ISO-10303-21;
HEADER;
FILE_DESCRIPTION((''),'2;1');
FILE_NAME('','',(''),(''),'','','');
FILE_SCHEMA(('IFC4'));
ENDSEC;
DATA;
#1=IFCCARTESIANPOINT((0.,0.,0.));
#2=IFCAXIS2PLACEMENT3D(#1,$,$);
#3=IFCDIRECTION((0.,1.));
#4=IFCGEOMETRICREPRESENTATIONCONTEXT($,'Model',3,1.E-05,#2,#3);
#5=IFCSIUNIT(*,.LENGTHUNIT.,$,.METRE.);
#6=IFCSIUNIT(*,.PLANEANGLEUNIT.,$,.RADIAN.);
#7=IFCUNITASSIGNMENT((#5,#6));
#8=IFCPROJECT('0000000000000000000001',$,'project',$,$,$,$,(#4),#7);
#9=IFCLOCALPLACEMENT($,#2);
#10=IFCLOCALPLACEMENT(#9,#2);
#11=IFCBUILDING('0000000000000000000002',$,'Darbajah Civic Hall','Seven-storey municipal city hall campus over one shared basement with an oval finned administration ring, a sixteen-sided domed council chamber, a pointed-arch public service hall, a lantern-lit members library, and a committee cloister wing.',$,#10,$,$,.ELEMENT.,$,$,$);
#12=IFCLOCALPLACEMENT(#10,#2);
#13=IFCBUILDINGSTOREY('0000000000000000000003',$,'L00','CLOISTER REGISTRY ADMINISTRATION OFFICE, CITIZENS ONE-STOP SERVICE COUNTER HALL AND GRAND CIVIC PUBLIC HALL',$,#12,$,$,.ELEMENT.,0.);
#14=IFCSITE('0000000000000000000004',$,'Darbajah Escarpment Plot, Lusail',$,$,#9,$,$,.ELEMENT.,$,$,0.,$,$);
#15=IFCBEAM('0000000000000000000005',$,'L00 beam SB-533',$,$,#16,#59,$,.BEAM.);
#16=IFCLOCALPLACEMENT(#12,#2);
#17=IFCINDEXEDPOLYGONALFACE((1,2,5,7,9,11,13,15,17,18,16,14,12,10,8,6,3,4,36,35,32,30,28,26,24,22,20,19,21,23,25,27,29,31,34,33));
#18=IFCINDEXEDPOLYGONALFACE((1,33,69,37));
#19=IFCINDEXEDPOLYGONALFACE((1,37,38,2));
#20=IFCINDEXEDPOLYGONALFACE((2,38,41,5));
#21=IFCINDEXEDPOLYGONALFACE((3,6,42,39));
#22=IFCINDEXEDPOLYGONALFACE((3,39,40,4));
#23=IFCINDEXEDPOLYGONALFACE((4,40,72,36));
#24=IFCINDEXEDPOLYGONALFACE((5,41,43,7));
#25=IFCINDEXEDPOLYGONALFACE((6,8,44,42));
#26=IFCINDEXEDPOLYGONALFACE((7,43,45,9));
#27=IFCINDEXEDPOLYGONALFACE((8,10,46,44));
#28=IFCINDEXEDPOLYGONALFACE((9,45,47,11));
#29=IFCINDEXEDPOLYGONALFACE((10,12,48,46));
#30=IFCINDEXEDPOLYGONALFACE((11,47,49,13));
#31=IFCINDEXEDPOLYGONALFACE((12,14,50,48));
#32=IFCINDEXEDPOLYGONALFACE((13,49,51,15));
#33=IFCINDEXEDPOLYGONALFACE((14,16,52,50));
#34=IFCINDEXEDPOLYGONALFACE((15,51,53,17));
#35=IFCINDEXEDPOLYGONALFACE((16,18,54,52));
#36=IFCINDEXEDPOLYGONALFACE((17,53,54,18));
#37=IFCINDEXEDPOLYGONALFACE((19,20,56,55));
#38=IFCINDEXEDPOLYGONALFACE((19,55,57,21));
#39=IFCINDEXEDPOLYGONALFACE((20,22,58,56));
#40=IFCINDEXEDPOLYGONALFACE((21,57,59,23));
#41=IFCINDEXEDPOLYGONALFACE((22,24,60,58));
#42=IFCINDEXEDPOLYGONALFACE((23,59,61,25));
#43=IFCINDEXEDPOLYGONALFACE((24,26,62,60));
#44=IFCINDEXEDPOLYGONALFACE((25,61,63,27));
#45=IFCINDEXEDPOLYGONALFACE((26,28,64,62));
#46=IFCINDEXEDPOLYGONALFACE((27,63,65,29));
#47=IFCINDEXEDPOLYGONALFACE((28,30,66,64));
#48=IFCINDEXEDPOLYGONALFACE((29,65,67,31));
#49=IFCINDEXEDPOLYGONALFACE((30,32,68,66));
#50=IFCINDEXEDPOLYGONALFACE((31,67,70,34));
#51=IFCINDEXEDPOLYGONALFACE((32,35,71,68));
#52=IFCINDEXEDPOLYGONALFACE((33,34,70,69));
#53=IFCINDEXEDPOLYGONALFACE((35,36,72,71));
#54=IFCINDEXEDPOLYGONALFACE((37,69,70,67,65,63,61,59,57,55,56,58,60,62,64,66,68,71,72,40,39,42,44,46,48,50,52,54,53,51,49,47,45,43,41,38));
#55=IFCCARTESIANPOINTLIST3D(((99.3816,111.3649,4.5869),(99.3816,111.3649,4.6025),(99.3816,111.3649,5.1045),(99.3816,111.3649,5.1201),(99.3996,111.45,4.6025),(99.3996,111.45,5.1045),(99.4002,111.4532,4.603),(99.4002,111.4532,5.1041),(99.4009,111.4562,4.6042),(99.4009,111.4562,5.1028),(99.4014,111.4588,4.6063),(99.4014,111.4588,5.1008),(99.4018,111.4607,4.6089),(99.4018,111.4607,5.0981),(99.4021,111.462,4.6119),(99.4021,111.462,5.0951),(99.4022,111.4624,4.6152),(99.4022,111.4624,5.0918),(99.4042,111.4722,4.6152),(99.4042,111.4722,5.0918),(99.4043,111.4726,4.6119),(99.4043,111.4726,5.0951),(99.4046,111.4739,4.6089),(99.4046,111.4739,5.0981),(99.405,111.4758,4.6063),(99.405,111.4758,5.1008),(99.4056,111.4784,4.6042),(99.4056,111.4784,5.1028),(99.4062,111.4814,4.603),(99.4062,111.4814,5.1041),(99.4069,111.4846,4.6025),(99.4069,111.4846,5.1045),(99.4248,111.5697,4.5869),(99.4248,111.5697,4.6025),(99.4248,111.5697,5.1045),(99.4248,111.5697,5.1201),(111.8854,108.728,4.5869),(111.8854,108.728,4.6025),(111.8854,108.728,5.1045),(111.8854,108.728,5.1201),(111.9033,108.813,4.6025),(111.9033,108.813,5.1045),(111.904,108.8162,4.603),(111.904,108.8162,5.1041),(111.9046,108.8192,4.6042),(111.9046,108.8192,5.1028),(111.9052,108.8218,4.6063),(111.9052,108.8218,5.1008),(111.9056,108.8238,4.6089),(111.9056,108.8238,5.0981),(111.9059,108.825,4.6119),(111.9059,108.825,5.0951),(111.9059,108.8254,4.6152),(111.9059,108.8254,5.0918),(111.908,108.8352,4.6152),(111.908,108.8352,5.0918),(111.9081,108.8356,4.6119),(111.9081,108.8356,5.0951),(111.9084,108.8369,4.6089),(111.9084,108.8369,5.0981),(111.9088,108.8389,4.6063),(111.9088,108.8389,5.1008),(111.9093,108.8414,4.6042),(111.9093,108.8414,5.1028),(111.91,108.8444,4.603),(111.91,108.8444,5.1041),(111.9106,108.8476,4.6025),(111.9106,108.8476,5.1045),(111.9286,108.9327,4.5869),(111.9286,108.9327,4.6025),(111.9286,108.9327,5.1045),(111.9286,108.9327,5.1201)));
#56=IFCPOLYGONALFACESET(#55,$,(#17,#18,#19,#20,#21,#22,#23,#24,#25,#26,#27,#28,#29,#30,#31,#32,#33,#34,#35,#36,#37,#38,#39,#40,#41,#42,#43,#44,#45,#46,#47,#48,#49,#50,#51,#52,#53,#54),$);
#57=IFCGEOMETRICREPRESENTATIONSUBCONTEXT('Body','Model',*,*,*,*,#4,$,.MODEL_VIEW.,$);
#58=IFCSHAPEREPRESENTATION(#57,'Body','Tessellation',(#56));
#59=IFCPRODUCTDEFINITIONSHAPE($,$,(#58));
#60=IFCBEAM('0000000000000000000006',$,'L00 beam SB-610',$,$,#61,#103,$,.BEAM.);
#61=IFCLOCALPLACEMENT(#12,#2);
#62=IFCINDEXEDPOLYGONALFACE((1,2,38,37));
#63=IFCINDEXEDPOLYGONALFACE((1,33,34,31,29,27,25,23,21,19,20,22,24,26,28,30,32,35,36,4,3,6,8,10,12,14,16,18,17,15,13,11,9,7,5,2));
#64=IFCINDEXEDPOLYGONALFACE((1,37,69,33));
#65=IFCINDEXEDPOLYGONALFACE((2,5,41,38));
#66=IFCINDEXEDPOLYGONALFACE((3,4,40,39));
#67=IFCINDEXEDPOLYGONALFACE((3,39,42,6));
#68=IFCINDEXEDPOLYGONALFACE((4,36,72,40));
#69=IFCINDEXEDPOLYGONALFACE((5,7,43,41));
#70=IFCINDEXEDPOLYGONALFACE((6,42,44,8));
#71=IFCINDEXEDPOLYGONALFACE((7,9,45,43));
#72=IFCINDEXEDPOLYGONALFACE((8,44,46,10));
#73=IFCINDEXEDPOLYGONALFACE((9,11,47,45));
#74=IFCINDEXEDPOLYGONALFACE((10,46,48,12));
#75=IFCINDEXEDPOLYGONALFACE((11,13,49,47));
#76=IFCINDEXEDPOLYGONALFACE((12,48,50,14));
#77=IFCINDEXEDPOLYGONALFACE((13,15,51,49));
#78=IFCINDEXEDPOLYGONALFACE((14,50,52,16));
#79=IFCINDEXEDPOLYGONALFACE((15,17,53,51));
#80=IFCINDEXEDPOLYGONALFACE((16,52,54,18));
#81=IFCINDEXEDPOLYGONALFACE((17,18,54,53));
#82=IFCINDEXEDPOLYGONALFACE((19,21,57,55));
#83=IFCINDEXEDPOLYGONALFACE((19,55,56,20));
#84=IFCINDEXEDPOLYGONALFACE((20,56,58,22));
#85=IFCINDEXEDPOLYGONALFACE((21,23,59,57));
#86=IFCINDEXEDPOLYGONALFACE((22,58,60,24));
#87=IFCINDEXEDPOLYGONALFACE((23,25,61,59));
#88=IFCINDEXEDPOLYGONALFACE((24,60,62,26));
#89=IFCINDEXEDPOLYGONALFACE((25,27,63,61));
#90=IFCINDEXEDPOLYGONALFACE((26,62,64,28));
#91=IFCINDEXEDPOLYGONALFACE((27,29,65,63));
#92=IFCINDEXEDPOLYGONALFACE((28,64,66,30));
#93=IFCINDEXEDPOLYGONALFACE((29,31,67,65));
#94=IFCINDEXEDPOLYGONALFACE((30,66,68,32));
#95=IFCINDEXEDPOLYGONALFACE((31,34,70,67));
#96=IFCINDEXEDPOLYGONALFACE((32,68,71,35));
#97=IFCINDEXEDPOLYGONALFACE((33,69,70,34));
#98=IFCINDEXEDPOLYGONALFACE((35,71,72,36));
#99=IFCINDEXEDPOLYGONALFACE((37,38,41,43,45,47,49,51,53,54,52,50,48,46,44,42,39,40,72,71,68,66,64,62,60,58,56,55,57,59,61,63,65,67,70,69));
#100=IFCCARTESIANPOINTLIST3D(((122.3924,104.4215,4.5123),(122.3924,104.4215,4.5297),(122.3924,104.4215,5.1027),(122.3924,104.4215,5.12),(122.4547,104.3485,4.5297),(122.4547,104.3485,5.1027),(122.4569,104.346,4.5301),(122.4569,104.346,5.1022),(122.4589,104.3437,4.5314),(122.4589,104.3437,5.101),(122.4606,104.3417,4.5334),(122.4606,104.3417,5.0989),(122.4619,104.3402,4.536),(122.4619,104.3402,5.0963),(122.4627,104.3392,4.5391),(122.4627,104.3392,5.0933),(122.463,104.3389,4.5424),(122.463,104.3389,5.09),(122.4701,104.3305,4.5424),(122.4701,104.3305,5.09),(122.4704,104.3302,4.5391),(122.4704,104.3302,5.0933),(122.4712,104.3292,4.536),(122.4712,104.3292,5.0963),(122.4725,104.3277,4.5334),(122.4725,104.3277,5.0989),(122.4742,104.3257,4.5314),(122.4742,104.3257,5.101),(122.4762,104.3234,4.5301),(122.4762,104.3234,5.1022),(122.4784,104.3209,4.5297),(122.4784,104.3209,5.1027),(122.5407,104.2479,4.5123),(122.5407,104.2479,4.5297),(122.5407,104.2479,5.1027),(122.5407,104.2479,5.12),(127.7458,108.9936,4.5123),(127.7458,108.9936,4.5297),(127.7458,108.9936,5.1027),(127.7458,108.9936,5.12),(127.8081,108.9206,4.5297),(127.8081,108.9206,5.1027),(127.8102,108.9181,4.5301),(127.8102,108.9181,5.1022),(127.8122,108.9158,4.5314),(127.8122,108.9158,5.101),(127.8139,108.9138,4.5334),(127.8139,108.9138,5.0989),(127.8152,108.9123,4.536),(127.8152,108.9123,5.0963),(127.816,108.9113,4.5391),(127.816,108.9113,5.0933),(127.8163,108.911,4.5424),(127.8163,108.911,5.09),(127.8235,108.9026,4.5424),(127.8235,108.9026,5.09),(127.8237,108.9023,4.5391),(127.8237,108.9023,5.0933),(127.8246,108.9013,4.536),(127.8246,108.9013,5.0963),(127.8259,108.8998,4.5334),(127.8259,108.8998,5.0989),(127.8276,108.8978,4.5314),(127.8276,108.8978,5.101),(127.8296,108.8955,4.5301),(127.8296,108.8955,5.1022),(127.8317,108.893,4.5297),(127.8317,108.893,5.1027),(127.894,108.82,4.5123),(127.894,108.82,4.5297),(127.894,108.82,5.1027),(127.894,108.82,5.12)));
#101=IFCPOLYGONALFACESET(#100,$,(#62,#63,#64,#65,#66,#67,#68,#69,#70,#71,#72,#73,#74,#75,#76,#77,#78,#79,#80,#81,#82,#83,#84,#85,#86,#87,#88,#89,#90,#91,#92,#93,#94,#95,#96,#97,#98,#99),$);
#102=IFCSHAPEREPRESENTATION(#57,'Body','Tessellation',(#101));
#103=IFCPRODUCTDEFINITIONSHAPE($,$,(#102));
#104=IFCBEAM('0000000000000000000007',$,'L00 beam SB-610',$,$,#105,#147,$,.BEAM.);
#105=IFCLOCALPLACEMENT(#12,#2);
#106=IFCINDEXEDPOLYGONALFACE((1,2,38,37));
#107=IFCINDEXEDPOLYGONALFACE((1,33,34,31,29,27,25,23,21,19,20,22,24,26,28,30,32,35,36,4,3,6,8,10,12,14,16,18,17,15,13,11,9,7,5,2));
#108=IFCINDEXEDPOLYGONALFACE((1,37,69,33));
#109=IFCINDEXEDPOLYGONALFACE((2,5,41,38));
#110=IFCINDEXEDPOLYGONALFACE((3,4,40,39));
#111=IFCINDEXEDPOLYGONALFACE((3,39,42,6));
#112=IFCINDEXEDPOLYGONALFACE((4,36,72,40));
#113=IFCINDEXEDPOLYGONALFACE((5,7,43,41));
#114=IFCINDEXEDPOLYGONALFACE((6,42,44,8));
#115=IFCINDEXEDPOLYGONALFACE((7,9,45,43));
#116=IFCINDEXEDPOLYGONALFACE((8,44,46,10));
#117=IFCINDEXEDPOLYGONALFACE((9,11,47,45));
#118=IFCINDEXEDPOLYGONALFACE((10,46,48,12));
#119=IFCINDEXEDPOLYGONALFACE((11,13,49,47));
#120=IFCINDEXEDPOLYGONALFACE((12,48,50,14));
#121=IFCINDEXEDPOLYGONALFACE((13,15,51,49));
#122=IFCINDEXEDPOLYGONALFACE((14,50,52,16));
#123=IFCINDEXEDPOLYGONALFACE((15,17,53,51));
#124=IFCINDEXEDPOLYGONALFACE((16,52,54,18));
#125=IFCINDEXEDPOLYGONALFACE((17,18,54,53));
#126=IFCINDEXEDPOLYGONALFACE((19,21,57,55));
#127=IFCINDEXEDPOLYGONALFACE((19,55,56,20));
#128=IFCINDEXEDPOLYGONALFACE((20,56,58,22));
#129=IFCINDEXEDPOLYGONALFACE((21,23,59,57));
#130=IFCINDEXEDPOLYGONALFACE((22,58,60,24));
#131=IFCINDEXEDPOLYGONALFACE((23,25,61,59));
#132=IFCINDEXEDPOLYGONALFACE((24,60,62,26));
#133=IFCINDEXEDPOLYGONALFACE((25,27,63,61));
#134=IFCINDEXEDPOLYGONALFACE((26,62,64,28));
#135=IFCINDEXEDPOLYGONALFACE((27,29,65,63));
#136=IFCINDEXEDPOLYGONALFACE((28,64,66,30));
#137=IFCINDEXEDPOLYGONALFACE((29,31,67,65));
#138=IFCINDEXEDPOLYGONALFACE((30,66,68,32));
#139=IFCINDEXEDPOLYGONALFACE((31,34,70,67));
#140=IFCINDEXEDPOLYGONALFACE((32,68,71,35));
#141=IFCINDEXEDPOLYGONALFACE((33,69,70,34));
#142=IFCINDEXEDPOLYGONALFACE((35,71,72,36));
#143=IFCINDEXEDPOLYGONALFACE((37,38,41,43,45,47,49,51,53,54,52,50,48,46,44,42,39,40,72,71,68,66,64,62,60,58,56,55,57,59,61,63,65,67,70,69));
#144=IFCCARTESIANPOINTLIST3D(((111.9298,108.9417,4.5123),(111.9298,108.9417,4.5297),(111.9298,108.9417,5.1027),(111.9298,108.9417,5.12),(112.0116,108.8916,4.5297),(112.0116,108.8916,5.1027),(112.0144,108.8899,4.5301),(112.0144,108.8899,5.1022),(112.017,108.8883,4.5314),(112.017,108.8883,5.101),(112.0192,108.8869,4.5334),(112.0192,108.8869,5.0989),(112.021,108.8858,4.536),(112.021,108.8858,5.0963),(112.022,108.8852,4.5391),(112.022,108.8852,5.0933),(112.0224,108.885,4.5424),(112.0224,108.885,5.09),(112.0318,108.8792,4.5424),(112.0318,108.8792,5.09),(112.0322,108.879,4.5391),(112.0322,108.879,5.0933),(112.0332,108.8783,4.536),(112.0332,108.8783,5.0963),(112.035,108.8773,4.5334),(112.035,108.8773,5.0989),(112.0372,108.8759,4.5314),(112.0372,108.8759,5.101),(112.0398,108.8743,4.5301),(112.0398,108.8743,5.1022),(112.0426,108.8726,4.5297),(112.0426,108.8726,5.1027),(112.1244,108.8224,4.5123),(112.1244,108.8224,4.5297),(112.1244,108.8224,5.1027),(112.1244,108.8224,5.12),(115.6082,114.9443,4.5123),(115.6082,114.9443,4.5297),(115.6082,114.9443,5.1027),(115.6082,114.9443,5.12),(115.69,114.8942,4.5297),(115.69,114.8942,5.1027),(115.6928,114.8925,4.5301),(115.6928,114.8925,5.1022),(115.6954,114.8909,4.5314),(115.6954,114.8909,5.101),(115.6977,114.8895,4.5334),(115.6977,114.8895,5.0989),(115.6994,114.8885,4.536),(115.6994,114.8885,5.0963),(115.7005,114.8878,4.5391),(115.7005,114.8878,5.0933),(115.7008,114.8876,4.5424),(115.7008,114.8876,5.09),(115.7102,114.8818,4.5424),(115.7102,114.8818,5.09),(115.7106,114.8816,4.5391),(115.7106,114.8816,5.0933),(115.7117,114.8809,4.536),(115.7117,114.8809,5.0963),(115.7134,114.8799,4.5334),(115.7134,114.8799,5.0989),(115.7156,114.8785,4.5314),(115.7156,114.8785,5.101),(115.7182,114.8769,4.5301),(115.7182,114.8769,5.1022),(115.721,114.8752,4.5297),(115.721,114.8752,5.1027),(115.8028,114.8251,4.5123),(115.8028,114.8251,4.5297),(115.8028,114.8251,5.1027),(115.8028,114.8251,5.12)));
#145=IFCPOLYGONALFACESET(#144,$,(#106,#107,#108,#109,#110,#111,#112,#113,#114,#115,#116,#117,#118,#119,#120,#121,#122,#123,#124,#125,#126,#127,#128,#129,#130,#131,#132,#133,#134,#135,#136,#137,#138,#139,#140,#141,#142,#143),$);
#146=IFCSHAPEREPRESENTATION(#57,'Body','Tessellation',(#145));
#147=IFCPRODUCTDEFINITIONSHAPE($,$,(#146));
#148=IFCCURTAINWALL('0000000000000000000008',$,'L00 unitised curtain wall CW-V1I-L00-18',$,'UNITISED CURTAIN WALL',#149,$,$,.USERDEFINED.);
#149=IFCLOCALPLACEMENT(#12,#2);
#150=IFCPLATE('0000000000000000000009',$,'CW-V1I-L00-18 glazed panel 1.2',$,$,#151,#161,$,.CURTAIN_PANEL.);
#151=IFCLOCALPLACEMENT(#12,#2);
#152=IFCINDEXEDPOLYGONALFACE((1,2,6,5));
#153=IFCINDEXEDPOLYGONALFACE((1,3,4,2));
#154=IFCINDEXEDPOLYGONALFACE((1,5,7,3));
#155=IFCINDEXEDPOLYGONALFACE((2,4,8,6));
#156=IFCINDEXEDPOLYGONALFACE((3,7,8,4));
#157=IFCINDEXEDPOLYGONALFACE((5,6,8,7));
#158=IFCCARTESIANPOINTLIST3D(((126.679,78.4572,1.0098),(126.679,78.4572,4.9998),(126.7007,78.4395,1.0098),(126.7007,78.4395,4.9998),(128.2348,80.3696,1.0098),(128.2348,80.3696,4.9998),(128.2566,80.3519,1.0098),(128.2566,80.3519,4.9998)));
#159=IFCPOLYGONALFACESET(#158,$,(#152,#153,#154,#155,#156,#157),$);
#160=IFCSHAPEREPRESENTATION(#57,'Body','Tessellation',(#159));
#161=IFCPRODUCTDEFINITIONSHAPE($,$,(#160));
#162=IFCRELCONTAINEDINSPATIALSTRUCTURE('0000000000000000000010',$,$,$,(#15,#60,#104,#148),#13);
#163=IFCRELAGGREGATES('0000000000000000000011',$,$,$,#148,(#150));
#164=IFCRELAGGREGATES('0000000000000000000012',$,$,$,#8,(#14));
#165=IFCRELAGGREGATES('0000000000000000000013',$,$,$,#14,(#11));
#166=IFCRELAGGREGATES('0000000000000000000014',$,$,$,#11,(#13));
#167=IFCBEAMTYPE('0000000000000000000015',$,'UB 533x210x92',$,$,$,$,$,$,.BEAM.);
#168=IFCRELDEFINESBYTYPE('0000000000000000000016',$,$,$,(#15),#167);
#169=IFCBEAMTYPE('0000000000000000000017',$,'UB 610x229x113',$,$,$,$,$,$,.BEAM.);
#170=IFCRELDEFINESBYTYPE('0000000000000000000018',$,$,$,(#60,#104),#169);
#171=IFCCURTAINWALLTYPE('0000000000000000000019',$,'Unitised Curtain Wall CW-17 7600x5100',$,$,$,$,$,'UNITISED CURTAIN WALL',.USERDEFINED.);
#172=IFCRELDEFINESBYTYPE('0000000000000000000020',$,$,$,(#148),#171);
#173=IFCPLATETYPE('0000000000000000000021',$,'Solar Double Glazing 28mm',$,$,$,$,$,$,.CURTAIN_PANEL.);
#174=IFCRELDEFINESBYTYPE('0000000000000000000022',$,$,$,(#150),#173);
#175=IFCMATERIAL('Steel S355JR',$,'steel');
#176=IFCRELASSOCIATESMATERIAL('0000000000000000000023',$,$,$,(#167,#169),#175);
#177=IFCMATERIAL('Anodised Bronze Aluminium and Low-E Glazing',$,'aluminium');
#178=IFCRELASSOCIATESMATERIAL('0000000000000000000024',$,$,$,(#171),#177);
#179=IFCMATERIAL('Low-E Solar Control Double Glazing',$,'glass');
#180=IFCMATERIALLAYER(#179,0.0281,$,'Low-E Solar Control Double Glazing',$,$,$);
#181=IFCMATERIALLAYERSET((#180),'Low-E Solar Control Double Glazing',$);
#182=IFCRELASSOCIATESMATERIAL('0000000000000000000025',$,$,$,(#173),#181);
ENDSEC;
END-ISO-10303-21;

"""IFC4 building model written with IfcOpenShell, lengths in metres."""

from ifc_helpers import new_model, si_unit, direction, frame, origin, origin_2d, place, context, subcontext, project, spatial, rectangle, i_section, extrude, material, layer, layer_set, material_profile, profile_set, type_object, element, aggregate, save


model = new_model("IFC4")

# Units and contexts
model_context = context("Model", 3, precision=1e-05, world=origin(), true_north=direction((0.0, 1.0)))
body_context = subcontext(model_context, "Body", "Model", "MODEL_VIEW")
ifc_project = project(units=[si_unit("LENGTHUNIT", "METRE"), si_unit("PLANEANGLEUNIT", "RADIAN")], contexts=[model_context])

# Site, building, storey
site_placement = place(None, origin())
site = spatial("IfcSite", under=ifc_project, at=site_placement, Name="Darbajah Escarpment Plot, Lusail", CompositionType="ELEMENT", RefElevation=0.0)
building_placement = place(site_placement, origin())
building = spatial("IfcBuilding", under=site, at=building_placement, Name="Darbajah Civic Hall", Description="Seven-storey municipal city hall campus over one shared basement with an oval finned administration ring, a sixteen-sided domed council chamber, a pointed-arch public service hall, a lantern-lit members library, and a committee cloister wing.", CompositionType="ELEMENT")
storey_placement = place(building_placement, origin())
storey = spatial("IfcBuildingStorey", under=building, at=storey_placement, Name="L00", Description="CLOISTER REGISTRY ADMINISTRATION OFFICE, CITIZENS ONE-STOP SERVICE COUNTER HALL AND GRAND CIVIC PUBLIC HALL", CompositionType="ELEMENT", Elevation=0.0)

# Shared definitions
ifc_material_1 = material(Name="Anodised Bronze Aluminium and Low-E Glazing", Category="aluminium")

# Beams
ifc_material_2 = material(Name="Steel S355JR", Category="steel")
ifc_material_profile_1 = material_profile(ifc_material_2, i_section(OverallWidth=0.2092, OverallDepth=0.5332, WebThickness=0.01, FlangeThickness=0.0156, FilletRadius=0.0127, at=origin_2d()), Name="UB 533x210x92")
ifc_profile_set_1 = profile_set([ifc_material_profile_1], Name="Steel S355JR")
beam_type_1 = type_object("IfcBeamType", Name="UB 533x210x92", PredefinedType="BEAM", material=ifc_profile_set_1)
beam_1_placement = place(storey_placement, frame((111.907, 108.8303, 4.8535), z_axis=(-0.978477, 0.206356, 0.0), x_axis=(-0.206356, -0.978477, 0.0)))
element("IfcBeam", 1, at=beam_1_placement, inside=storey, type_object=beam_type_1, Name="L00 beam SB-533", PredefinedType="BEAM", context=body_context, shape_type="SweptSolid", body=[
    extrude(i_section(OverallWidth=0.2092, OverallDepth=0.5332, WebThickness=0.01, FlangeThickness=0.0156, FilletRadius=0.0127, at=origin_2d()), origin(), (0.0, 0.0, 1.0), 12.7788),
])
ifc_material_profile_2 = material_profile(ifc_material_2, i_section(OverallWidth=0.2283, OverallDepth=0.6077, WebThickness=0.011, FlangeThickness=0.0173, FilletRadius=0.0127, at=origin_2d()), Name="UB 610x229x113")
ifc_profile_set_2 = profile_set([ifc_material_profile_2], Name="Steel S355JR")
beam_type_2 = type_object("IfcBeamType", Name="UB 610x229x113", PredefinedType="BEAM", material=ifc_profile_set_2)
for number, where, z_axis, x_axis, name in (
    (2, (122.4666, 104.3347, 4.8162), (0.760413, 0.649439, 0.0), (-0.649439, 0.760413, 0.0), "L00 beam SB-610"),
    (3, (112.0271, 108.8821, 4.8162), (0.5225, 0.852639, 0.0), (-0.852639, 0.5225, 0.0), "L00 beam SB-610"),
):
    element("IfcBeam", number, at=place(storey_placement, frame(where, z_axis=z_axis, x_axis=x_axis)), inside=storey, type_object=beam_type_2, Name=name, PredefinedType="BEAM", context=body_context, shape_type="SweptSolid", body=[
        extrude(i_section(OverallWidth=0.2283, OverallDepth=0.6077, WebThickness=0.011, FlangeThickness=0.0173, FilletRadius=0.0127, at=origin_2d()), origin(), (0.0, 0.0, 1.0), 7.04),
    ])

# Curtain wall, plate
curtain_wall_type_1 = type_object("IfcCurtainWallType", Name="Unitised Curtain Wall CW-17 7600x5100", ElementType="UNITISED CURTAIN WALL", PredefinedType="USERDEFINED", material=ifc_material_1)
curtain_wall_1_placement = place(storey_placement, origin())
curtain_wall_1 = element("IfcCurtainWall", 4, at=curtain_wall_1_placement, inside=storey, type_object=curtain_wall_type_1, Name="L00 unitised curtain wall CW-V1I-L00-18", ObjectType="UNITISED CURTAIN WALL", PredefinedType="USERDEFINED")
ifc_material_3 = material(Name="Low-E Solar Control Double Glazing", Category="glass")
ifc_layer_1 = layer(ifc_material_3, 0.0281, Name="Low-E Solar Control Double Glazing")
ifc_layer_set_1 = layer_set([ifc_layer_1], Name="Low-E Solar Control Double Glazing")
plate_type = type_object("IfcPlateType", Name="Solar Double Glazing 28mm", PredefinedType="CURTAIN_PANEL", material=ifc_layer_set_1)
plate_placement = place(storey_placement, frame((127.4678, 79.4045, 1.0098), z_axis=(0.0, 0.0, 1.0), x_axis=(0.631082, 0.775716, 0.0)))
plate = element("IfcPlate", 5, at=plate_placement, type_object=plate_type, Name="CW-V1I-L00-18 glazed panel 1.2", PredefinedType="CURTAIN_PANEL", context=body_context, shape_type="SweptSolid", body=[
    extrude(rectangle(XDim=2.4653, YDim=0.0281, at=origin_2d()), origin(), (0.0, 0.0, 1.0), 3.99),
])
aggregate(curtain_wall_1, [plate])

save(model, "model.ifc")
